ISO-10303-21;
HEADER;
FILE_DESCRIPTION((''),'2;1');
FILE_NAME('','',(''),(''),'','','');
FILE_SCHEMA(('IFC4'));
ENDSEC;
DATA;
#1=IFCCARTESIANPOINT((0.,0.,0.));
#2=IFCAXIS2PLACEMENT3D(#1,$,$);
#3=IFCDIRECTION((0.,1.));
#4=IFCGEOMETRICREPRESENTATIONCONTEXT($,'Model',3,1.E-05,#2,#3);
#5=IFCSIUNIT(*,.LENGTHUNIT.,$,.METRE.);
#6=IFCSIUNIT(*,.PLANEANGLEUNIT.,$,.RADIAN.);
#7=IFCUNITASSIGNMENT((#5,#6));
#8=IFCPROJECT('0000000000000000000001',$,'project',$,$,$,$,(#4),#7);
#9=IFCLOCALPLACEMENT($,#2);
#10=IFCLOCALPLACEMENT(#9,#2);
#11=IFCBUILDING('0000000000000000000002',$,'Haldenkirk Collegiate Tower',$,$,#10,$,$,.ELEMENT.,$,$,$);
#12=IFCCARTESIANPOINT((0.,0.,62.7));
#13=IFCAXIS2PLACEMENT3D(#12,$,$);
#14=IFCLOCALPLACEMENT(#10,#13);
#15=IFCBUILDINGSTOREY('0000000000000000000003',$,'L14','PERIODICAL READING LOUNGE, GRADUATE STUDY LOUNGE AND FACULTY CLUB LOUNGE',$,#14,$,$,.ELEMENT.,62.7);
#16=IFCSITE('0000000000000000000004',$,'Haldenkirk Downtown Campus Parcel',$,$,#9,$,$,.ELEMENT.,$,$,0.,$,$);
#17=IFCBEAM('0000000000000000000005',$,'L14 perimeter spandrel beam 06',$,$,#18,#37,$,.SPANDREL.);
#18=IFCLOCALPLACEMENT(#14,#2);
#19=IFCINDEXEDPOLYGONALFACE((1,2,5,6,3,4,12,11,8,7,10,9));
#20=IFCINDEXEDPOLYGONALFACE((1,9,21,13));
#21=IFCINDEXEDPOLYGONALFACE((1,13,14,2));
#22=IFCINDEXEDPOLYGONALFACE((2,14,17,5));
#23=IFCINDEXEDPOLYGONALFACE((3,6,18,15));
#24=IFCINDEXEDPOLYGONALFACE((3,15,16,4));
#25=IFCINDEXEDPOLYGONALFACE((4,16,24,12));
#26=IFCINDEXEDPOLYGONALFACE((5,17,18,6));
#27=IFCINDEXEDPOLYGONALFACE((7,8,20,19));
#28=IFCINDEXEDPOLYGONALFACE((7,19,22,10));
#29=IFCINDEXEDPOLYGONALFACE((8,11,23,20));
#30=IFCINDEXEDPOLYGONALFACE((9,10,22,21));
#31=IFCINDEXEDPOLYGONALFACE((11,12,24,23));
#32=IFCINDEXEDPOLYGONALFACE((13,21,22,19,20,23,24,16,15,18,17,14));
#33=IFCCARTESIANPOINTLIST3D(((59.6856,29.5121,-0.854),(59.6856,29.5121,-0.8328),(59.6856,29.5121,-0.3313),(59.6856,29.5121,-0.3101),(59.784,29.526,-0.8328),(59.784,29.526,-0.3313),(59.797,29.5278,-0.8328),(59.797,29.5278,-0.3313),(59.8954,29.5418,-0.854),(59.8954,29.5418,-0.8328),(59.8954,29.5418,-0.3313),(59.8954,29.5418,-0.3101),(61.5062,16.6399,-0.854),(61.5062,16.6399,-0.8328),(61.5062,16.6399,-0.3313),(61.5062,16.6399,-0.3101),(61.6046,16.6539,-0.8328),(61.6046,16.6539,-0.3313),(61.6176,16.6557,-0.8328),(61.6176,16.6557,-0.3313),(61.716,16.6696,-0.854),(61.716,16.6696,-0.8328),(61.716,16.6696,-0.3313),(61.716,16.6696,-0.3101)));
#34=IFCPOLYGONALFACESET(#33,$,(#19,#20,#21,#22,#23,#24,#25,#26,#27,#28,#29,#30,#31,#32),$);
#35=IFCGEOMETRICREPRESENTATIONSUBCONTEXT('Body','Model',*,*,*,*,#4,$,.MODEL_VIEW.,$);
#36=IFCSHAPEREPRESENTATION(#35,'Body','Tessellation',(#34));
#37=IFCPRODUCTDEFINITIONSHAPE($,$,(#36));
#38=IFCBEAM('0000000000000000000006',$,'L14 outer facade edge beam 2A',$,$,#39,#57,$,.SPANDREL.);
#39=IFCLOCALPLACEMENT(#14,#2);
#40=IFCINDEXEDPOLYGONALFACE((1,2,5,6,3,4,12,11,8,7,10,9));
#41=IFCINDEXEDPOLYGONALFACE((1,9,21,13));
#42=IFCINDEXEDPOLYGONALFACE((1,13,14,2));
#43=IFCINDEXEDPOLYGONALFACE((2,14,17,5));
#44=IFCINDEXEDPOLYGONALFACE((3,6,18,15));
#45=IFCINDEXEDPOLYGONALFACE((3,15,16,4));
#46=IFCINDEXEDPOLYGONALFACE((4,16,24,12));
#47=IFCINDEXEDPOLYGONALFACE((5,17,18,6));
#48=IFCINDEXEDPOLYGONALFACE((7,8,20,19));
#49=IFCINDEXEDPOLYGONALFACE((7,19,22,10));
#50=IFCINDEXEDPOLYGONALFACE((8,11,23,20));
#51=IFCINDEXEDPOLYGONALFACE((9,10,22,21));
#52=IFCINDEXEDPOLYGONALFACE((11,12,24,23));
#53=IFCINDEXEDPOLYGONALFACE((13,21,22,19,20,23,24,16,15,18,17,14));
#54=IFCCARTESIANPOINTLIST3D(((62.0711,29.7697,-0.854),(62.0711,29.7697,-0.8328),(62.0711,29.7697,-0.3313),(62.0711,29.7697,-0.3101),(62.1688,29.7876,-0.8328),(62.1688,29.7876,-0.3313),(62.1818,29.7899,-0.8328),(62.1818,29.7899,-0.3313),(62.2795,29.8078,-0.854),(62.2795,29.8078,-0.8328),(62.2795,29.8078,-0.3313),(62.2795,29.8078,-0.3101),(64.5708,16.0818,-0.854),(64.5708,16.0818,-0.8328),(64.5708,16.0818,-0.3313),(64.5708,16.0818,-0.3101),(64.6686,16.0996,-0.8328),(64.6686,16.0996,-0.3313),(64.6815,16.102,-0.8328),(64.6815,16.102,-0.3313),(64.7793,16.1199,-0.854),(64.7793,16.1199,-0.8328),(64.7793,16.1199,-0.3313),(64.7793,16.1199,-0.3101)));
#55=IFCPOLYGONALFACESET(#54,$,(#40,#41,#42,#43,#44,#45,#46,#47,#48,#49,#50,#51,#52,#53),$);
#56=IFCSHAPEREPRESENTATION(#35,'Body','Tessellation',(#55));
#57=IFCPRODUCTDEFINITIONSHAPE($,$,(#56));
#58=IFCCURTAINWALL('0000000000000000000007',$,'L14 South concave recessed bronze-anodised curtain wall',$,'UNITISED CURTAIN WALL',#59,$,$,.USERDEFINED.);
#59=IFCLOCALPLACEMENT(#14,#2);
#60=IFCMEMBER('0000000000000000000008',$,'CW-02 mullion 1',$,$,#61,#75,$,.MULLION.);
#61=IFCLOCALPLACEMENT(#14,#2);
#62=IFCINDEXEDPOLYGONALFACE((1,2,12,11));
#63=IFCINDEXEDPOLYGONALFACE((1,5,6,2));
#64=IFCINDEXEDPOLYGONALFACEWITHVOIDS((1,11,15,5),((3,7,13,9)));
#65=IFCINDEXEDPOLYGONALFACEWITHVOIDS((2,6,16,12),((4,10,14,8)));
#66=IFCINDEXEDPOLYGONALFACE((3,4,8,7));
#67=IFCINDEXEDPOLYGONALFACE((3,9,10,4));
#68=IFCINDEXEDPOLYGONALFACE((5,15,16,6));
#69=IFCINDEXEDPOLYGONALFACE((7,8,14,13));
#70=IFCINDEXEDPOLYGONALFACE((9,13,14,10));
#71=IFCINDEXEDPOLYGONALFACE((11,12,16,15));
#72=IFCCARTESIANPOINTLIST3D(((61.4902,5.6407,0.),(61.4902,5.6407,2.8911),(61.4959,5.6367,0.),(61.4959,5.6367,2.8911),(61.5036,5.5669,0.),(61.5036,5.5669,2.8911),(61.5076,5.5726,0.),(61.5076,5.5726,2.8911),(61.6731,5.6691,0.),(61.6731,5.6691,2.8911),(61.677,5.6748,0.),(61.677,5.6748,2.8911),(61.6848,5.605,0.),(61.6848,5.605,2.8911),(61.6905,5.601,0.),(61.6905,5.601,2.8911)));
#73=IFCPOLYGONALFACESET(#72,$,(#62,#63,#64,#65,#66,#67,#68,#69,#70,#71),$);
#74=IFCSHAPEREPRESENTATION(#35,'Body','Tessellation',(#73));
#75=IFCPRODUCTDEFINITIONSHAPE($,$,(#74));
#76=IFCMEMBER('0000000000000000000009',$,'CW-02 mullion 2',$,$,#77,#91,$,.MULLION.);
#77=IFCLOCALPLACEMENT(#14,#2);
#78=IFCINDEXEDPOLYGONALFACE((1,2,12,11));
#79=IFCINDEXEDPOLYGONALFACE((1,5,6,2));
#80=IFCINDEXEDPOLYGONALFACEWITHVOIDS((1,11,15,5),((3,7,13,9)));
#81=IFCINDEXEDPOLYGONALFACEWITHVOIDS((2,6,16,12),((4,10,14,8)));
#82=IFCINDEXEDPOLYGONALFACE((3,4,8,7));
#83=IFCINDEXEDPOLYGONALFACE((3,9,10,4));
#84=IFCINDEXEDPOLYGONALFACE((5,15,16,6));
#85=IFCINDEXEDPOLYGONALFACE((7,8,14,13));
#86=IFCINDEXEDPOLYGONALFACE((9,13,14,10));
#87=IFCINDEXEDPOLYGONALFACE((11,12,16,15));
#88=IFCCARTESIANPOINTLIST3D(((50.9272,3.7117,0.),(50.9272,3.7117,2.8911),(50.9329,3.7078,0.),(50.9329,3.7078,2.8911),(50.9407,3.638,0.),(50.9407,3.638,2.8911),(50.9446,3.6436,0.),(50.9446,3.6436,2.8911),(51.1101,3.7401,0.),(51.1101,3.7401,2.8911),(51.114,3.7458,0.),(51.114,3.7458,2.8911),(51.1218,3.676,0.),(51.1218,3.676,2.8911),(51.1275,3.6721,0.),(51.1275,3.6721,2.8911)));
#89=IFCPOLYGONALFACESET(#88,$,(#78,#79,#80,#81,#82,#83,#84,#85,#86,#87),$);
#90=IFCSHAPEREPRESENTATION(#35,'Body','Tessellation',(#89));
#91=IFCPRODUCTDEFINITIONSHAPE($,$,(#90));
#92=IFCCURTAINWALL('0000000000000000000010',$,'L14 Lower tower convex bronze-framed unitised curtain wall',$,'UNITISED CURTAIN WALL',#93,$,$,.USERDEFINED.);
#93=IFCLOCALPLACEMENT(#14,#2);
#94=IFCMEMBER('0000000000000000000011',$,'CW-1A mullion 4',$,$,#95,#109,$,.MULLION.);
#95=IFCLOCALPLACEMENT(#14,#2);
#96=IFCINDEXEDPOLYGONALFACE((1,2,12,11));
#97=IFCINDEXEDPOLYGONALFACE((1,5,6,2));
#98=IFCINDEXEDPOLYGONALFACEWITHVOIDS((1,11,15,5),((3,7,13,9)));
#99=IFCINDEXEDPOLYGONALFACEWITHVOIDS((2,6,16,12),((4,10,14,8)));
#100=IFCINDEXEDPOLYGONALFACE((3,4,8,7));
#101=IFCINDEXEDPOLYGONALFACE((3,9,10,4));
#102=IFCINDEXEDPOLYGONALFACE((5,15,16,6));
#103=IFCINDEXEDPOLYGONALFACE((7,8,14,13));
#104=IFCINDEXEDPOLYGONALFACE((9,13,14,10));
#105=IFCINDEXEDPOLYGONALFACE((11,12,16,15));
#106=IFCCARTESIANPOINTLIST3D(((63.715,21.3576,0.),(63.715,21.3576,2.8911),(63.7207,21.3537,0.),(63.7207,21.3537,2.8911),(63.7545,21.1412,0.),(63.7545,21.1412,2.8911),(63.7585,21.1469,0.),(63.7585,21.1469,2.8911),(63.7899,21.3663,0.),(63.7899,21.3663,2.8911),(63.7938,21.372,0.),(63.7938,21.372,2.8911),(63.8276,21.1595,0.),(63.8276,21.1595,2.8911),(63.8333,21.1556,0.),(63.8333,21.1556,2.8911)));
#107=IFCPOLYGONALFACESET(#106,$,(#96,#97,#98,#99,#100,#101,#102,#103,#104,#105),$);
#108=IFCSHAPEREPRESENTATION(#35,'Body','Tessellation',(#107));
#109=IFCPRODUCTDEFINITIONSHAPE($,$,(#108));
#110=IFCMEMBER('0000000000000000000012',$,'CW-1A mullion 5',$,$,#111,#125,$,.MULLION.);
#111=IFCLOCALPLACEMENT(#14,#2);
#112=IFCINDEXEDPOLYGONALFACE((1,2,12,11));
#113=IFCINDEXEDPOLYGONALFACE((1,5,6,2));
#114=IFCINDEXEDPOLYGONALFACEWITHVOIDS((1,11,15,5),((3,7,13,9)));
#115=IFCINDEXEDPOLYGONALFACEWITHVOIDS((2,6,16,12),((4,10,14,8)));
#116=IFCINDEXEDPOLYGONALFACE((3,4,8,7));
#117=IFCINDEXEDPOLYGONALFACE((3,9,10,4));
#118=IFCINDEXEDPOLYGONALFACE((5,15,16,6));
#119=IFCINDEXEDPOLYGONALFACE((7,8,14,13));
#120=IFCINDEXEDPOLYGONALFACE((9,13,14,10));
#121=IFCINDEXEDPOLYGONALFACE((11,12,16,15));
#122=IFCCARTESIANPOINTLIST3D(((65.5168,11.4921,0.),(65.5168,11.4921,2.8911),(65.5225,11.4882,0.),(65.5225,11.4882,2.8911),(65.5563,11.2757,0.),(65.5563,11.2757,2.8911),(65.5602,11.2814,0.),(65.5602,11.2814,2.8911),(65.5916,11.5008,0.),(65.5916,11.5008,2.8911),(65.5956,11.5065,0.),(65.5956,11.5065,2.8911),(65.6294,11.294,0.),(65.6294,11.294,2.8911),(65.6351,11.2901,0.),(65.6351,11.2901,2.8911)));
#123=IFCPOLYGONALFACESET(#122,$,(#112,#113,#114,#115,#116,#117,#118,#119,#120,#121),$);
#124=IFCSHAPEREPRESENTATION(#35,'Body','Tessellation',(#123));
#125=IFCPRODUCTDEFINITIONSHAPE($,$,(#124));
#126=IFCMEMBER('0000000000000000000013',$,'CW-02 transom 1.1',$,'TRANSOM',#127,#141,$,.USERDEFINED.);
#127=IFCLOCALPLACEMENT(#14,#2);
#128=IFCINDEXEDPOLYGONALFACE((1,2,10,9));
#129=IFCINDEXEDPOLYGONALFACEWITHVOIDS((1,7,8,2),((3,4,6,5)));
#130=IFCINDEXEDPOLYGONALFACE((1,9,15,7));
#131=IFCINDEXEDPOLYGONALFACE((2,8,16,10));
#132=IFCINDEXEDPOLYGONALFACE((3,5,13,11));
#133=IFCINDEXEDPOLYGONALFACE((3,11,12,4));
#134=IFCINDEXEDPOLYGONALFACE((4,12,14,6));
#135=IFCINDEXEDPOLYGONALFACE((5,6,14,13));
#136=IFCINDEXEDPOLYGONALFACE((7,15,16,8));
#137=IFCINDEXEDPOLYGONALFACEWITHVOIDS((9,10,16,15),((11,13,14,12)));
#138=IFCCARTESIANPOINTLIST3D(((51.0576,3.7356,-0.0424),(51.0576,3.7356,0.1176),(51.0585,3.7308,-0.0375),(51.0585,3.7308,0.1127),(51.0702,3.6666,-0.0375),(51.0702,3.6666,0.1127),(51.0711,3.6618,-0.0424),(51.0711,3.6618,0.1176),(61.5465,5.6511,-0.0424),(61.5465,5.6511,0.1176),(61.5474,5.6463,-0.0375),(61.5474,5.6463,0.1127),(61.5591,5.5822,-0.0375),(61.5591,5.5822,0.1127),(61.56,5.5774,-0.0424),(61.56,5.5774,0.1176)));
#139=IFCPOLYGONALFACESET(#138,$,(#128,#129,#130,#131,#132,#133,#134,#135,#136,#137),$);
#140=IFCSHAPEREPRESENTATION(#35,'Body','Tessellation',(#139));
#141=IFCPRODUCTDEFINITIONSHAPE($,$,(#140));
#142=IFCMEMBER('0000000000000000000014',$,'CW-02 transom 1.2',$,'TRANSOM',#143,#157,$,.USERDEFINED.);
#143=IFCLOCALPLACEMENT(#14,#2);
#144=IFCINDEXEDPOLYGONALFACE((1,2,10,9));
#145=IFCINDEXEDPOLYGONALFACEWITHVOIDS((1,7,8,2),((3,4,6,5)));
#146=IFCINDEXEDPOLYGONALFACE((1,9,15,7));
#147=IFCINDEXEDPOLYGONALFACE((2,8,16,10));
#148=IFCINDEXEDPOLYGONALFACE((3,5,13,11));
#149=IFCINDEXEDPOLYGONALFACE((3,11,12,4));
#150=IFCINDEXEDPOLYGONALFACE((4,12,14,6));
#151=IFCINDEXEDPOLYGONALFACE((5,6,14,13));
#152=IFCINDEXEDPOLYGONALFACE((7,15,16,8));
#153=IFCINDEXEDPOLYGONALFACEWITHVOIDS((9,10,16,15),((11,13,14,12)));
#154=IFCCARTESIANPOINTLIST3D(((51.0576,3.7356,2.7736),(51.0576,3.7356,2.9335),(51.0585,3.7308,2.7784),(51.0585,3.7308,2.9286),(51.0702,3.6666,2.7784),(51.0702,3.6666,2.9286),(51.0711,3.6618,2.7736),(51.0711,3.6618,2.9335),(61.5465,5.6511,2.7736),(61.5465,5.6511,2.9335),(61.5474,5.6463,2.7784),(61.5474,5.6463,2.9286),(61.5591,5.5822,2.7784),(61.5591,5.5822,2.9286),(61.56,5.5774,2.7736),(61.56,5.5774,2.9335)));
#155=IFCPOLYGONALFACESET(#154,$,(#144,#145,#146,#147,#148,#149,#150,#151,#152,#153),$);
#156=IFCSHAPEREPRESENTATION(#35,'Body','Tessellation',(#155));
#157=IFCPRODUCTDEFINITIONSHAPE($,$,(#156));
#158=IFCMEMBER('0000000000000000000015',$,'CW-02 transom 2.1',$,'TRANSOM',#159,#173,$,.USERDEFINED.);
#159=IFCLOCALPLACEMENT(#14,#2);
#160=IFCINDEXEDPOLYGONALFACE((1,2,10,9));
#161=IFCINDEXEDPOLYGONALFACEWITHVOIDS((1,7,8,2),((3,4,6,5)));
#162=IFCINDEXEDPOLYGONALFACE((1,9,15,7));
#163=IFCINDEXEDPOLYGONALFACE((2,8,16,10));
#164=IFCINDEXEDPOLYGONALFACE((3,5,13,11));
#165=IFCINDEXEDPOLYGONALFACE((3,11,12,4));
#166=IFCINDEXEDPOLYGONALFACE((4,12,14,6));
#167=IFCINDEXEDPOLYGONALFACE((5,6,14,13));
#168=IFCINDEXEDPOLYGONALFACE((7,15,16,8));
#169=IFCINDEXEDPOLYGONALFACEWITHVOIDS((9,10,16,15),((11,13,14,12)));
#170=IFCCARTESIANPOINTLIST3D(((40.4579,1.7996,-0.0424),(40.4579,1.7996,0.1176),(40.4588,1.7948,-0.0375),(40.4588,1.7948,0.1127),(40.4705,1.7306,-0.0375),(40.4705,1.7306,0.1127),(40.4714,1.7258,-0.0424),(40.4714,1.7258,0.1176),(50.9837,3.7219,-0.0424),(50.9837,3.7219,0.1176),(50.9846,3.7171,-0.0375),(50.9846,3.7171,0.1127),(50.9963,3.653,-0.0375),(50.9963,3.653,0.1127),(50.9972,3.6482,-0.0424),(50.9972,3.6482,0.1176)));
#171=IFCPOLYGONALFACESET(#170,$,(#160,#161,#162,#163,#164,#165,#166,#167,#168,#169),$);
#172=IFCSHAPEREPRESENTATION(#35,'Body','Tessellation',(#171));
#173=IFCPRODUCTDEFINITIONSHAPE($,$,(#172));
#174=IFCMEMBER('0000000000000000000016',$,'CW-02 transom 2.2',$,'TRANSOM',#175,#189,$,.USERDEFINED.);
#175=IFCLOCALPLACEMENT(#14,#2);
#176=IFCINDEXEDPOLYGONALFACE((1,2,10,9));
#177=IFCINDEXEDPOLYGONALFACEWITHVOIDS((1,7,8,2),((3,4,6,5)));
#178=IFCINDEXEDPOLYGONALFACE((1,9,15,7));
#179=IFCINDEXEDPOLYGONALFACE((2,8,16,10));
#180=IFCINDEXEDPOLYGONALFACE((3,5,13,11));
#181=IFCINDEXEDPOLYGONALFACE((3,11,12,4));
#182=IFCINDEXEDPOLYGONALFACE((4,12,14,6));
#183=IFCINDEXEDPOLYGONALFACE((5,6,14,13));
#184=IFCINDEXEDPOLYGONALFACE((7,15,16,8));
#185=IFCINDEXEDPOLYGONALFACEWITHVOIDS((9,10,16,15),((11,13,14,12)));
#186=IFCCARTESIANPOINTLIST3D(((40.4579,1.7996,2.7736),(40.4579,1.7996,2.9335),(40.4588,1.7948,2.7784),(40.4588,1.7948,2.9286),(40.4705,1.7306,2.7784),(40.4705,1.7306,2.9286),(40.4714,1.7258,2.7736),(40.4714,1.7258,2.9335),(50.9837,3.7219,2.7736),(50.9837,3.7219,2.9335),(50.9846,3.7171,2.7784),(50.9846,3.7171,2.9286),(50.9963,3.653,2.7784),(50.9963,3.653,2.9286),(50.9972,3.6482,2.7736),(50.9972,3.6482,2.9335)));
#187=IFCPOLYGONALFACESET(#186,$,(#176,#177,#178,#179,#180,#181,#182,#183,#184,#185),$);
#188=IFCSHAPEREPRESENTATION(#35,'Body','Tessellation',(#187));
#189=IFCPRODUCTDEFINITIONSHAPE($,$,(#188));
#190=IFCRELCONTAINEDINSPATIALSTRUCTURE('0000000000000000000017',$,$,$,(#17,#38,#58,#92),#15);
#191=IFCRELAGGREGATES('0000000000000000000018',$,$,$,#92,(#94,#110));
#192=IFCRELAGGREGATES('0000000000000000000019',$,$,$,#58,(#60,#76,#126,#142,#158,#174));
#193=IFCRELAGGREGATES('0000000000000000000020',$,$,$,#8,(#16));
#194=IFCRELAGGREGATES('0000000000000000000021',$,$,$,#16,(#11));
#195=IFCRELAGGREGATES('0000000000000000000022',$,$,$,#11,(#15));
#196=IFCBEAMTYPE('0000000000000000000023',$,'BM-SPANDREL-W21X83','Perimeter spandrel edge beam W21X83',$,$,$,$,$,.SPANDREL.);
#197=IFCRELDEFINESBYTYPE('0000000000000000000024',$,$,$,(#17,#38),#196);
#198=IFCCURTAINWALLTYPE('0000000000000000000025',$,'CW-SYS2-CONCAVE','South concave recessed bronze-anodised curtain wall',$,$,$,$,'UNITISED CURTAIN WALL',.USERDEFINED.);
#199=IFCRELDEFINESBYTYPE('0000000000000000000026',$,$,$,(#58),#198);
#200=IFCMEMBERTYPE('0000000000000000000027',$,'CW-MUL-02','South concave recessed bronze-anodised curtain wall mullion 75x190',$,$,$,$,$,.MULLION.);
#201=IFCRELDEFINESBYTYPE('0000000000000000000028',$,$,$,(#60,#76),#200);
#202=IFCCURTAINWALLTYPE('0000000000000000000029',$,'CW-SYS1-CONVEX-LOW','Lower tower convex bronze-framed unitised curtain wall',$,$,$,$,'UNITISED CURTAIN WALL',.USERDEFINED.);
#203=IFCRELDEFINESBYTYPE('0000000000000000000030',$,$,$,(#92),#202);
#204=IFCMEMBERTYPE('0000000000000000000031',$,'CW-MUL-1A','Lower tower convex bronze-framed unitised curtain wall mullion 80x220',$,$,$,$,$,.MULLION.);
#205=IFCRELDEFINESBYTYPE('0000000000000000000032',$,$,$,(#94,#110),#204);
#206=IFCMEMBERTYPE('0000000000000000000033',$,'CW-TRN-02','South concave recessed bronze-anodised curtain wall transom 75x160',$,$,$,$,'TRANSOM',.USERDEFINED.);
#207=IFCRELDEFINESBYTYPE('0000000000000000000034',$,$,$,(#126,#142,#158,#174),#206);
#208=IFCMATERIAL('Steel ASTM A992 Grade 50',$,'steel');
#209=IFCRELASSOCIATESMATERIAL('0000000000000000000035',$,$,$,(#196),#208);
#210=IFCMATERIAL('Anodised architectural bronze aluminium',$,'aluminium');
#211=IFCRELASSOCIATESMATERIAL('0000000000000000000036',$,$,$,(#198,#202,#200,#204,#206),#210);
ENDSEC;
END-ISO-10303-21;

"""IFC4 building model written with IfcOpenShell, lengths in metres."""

from ifc_helpers import new_model, si_unit, direction, frame, origin, origin_2d, place, context, subcontext, project, spatial, hollow_rectangle, i_section, extrude, material, material_profile, profile_set, type_object, element, aggregate, save


model = new_model("IFC4")

# Units and contexts
model_context = context("Model", 3, precision=1e-05, world=origin(), true_north=direction((0.0, 1.0)))
body_context = subcontext(model_context, "Body", "Model", "MODEL_VIEW")
ifc_project = project(units=[si_unit("LENGTHUNIT", "METRE"), si_unit("PLANEANGLEUNIT", "RADIAN")], contexts=[model_context])

# Site, building, storey
site_placement = place(None, origin())
site = spatial("IfcSite", under=ifc_project, at=site_placement, Name="Haldenkirk Downtown Campus Parcel", CompositionType="ELEMENT", RefElevation=0.0)
building_placement = place(site_placement, origin())
building = spatial("IfcBuilding", under=site, at=building_placement, Name="Haldenkirk Collegiate Tower", CompositionType="ELEMENT")
storey_placement = place(building_placement, frame((0.0, 0.0, 62.7)))
storey = spatial("IfcBuildingStorey", under=building, at=storey_placement, Name="L14", Description="PERIODICAL READING LOUNGE, GRADUATE STUDY LOUNGE AND FACULTY CLUB LOUNGE", CompositionType="ELEMENT", Elevation=62.7)

# Beams
ifc_material_1 = material(Name="Steel ASTM A992 Grade 50", Category="steel")
ifc_material_profile_1 = material_profile(ifc_material_1, i_section(OverallWidth=0.2119, OverallDepth=0.5439, WebThickness=0.0132, FlangeThickness=0.0212, at=origin_2d()), Name="W21X83")
ifc_profile_set_1 = profile_set([ifc_material_profile_1], Name="Steel ASTM A992 Grade 50")
beam_type_1 = type_object("IfcBeamType", Name="BM-SPANDREL-W21X83", Description="Perimeter spandrel edge beam W21X83", PredefinedType="SPANDREL", material=ifc_profile_set_1)
beam_1_placement = place(storey_placement, frame((61.6111, 16.6548, -0.582), z_axis=(-0.140041, 0.990146, 0.0), x_axis=(-0.990146, -0.140041, 0.0)))
element("IfcBeam", 1, at=beam_1_placement, inside=storey, type_object=beam_type_1, Name="L14 perimeter spandrel beam 06", PredefinedType="SPANDREL", context=body_context, shape_type="SweptSolid", body=[
    extrude(i_section(OverallWidth=0.2119, OverallDepth=0.5439, WebThickness=0.0132, FlangeThickness=0.0212, at=origin_2d()), origin(), (0.0, 0.0, 1.0), 13.0002),
])
beam_2_placement = place(storey_placement, frame((64.675, 16.1008, -0.582), z_axis=(-0.179653, 0.98373, 0.0), x_axis=(-0.98373, -0.179653, 0.0)))
element("IfcBeam", 2, at=beam_2_placement, inside=storey, type_object=beam_type_1, Name="L14 outer facade edge beam 2A", PredefinedType="SPANDREL", context=body_context, shape_type="SweptSolid", body=[
    extrude(i_section(OverallWidth=0.2119, OverallDepth=0.5439, WebThickness=0.0132, FlangeThickness=0.0212, at=origin_2d()), origin(), (0.0, 0.0, 1.0), 13.9143),
])

# Curtain walls, members
ifc_material_2 = material(Name="Anodised architectural bronze aluminium", Category="aluminium")
curtain_wall_type_1 = type_object("IfcCurtainWallType", Name="CW-SYS2-CONCAVE", Description="South concave recessed bronze-anodised curtain wall", ElementType="UNITISED CURTAIN WALL", PredefinedType="USERDEFINED", material=ifc_material_2)
curtain_wall_1_placement = place(storey_placement, origin())
curtain_wall_1 = element("IfcCurtainWall", 3, at=curtain_wall_1_placement, inside=storey, type_object=curtain_wall_type_1, Name="L14 South concave recessed bronze-anodised curtain wall", ObjectType="UNITISED CURTAIN WALL", PredefinedType="USERDEFINED")
ifc_material_profile_2 = material_profile(ifc_material_2, hollow_rectangle(XDim=0.075, YDim=0.1899, WallThickness=0.0049, at=origin_2d()), Name="CW-MUL-02")
ifc_profile_set_2 = profile_set([ifc_material_profile_2], Name="Anodised architectural bronze aluminium")
member_type_1 = type_object("IfcMemberType", Name="CW-MUL-02", Description="South concave recessed bronze-anodised curtain wall mullion 75x190", PredefinedType="MULLION", material=ifc_profile_set_2)
member_1_placement = place(storey_placement, frame((61.5903, 5.6208, 0.0), z_axis=(0.0, 0.0, 1.0), x_axis=(0.179659, -0.983729, 0.0)))
member_1 = element("IfcMember", 4, at=member_1_placement, type_object=member_type_1, Name="CW-02 mullion 1", PredefinedType="MULLION", context=body_context, shape_type="SweptSolid", body=[
    extrude(hollow_rectangle(XDim=0.075, YDim=0.1899, WallThickness=0.0049, at=origin_2d()), origin(), (0.0, 0.0, 1.0), 2.8911),
])
member_2_placement = place(storey_placement, frame((51.0273, 3.6919, 0.0), z_axis=(0.0, 0.0, 1.0), x_axis=(0.179659, -0.983729, 0.0)))
member_2 = element("IfcMember", 5, at=member_2_placement, type_object=member_type_1, Name="CW-02 mullion 2", PredefinedType="MULLION", context=body_context, shape_type="SweptSolid", body=[
    extrude(hollow_rectangle(XDim=0.075, YDim=0.1899, WallThickness=0.0049, at=origin_2d()), origin(), (0.0, 0.0, 1.0), 2.8911),
])
curtain_wall_type_2 = type_object("IfcCurtainWallType", Name="CW-SYS1-CONVEX-LOW", Description="Lower tower convex bronze-framed unitised curtain wall", ElementType="UNITISED CURTAIN WALL", PredefinedType="USERDEFINED", material=ifc_material_2)
curtain_wall_2_placement = place(storey_placement, origin())
curtain_wall_2 = element("IfcCurtainWall", 6, at=curtain_wall_2_placement, inside=storey, type_object=curtain_wall_type_2, Name="L14 Lower tower convex bronze-framed unitised curtain wall", ObjectType="UNITISED CURTAIN WALL", PredefinedType="USERDEFINED")
ifc_material_profile_3 = material_profile(ifc_material_2, hollow_rectangle(XDim=0.0801, YDim=0.22, WallThickness=0.0049, at=origin_2d()), Name="CW-MUL-1A")
ifc_profile_set_3 = profile_set([ifc_material_profile_3], Name="Anodised architectural bronze aluminium")
member_type_2 = type_object("IfcMemberType", Name="CW-MUL-1A", Description="Lower tower convex bronze-framed unitised curtain wall mullion 80x220", PredefinedType="MULLION", material=ifc_profile_set_3)
member_3_placement = place(storey_placement, frame((63.7742, 21.2566, 0.0), z_axis=(0.0, 0.0, 1.0), x_axis=(0.983728, 0.179663, 0.0)))
member_3 = element("IfcMember", 7, at=member_3_placement, type_object=member_type_2, Name="CW-1A mullion 4", PredefinedType="MULLION", context=body_context, shape_type="SweptSolid", body=[
    extrude(hollow_rectangle(XDim=0.0801, YDim=0.22, WallThickness=0.0049, at=origin_2d()), origin(), (0.0, 0.0, 1.0), 2.8911),
])
member_4_placement = place(storey_placement, frame((65.5759, 11.3911, 0.0), z_axis=(0.0, 0.0, 1.0), x_axis=(0.983728, 0.179663, 0.0)))
member_4 = element("IfcMember", 8, at=member_4_placement, type_object=member_type_2, Name="CW-1A mullion 5", PredefinedType="MULLION", context=body_context, shape_type="SweptSolid", body=[
    extrude(hollow_rectangle(XDim=0.0801, YDim=0.22, WallThickness=0.0049, at=origin_2d()), origin(), (0.0, 0.0, 1.0), 2.8911),
])

# Members
ifc_material_profile_4 = material_profile(ifc_material_2, hollow_rectangle(XDim=0.075, YDim=0.1599, WallThickness=0.0049, at=origin_2d()), Name="CW-TRN-02")
ifc_profile_set_4 = profile_set([ifc_material_profile_4], Name="Anodised architectural bronze aluminium")
member_type_3 = type_object("IfcMemberType", Name="CW-TRN-02", Description="South concave recessed bronze-anodised curtain wall transom 75x160", ElementType="TRANSOM", PredefinedType="USERDEFINED", material=ifc_profile_set_4)
member_5_placement = place(storey_placement, frame((61.5532, 5.6143, 0.0376), z_axis=(-0.98373, -0.179655, 0.0), x_axis=(0.179655, -0.98373, 0.0)))
member_5 = element("IfcMember", 9, at=member_5_placement, type_object=member_type_3, Name="CW-02 transom 1.1", ObjectType="TRANSOM", PredefinedType="USERDEFINED", context=body_context, shape_type="SweptSolid", body=[
    extrude(hollow_rectangle(XDim=0.075, YDim=0.1599, WallThickness=0.0049, at=origin_2d()), origin(), (0.0, 0.0, 1.0), 10.6624),
])
member_6_placement = place(storey_placement, frame((61.5532, 5.6143, 2.8535), z_axis=(-0.98373, -0.179655, 0.0), x_axis=(0.179655, -0.98373, 0.0)))
member_6 = element("IfcMember", 10, at=member_6_placement, type_object=member_type_3, Name="CW-02 transom 1.2", ObjectType="TRANSOM", PredefinedType="USERDEFINED", context=body_context, shape_type="SweptSolid", body=[
    extrude(hollow_rectangle(XDim=0.075, YDim=0.1599, WallThickness=0.0049, at=origin_2d()), origin(), (0.0, 0.0, 1.0), 10.6624),
])
member_7_placement = place(storey_placement, frame((50.9905, 3.6851, 0.0376), z_axis=(-0.983729, -0.17966, 0.0), x_axis=(0.17966, -0.983729, 0.0)))
member_7 = element("IfcMember", 11, at=member_7_placement, type_object=member_type_3, Name="CW-02 transom 2.1", ObjectType="TRANSOM", PredefinedType="USERDEFINED", context=body_context, shape_type="SweptSolid", body=[
    extrude(hollow_rectangle(XDim=0.075, YDim=0.1599, WallThickness=0.0049, at=origin_2d()), origin(), (0.0, 0.0, 1.0), 10.7),
])
member_8_placement = place(storey_placement, frame((50.9905, 3.6851, 2.8535), z_axis=(-0.983729, -0.17966, 0.0), x_axis=(0.17966, -0.983729, 0.0)))
member_8 = element("IfcMember", 12, at=member_8_placement, type_object=member_type_3, Name="CW-02 transom 2.2", ObjectType="TRANSOM", PredefinedType="USERDEFINED", context=body_context, shape_type="SweptSolid", body=[
    extrude(hollow_rectangle(XDim=0.075, YDim=0.1599, WallThickness=0.0049, at=origin_2d()), origin(), (0.0, 0.0, 1.0), 10.7),
])

aggregate(curtain_wall_2, [member_3, member_4])
aggregate(curtain_wall_1, [member_1, member_2, member_5, member_6, member_7, member_8])

save(model, "model.ifc")
